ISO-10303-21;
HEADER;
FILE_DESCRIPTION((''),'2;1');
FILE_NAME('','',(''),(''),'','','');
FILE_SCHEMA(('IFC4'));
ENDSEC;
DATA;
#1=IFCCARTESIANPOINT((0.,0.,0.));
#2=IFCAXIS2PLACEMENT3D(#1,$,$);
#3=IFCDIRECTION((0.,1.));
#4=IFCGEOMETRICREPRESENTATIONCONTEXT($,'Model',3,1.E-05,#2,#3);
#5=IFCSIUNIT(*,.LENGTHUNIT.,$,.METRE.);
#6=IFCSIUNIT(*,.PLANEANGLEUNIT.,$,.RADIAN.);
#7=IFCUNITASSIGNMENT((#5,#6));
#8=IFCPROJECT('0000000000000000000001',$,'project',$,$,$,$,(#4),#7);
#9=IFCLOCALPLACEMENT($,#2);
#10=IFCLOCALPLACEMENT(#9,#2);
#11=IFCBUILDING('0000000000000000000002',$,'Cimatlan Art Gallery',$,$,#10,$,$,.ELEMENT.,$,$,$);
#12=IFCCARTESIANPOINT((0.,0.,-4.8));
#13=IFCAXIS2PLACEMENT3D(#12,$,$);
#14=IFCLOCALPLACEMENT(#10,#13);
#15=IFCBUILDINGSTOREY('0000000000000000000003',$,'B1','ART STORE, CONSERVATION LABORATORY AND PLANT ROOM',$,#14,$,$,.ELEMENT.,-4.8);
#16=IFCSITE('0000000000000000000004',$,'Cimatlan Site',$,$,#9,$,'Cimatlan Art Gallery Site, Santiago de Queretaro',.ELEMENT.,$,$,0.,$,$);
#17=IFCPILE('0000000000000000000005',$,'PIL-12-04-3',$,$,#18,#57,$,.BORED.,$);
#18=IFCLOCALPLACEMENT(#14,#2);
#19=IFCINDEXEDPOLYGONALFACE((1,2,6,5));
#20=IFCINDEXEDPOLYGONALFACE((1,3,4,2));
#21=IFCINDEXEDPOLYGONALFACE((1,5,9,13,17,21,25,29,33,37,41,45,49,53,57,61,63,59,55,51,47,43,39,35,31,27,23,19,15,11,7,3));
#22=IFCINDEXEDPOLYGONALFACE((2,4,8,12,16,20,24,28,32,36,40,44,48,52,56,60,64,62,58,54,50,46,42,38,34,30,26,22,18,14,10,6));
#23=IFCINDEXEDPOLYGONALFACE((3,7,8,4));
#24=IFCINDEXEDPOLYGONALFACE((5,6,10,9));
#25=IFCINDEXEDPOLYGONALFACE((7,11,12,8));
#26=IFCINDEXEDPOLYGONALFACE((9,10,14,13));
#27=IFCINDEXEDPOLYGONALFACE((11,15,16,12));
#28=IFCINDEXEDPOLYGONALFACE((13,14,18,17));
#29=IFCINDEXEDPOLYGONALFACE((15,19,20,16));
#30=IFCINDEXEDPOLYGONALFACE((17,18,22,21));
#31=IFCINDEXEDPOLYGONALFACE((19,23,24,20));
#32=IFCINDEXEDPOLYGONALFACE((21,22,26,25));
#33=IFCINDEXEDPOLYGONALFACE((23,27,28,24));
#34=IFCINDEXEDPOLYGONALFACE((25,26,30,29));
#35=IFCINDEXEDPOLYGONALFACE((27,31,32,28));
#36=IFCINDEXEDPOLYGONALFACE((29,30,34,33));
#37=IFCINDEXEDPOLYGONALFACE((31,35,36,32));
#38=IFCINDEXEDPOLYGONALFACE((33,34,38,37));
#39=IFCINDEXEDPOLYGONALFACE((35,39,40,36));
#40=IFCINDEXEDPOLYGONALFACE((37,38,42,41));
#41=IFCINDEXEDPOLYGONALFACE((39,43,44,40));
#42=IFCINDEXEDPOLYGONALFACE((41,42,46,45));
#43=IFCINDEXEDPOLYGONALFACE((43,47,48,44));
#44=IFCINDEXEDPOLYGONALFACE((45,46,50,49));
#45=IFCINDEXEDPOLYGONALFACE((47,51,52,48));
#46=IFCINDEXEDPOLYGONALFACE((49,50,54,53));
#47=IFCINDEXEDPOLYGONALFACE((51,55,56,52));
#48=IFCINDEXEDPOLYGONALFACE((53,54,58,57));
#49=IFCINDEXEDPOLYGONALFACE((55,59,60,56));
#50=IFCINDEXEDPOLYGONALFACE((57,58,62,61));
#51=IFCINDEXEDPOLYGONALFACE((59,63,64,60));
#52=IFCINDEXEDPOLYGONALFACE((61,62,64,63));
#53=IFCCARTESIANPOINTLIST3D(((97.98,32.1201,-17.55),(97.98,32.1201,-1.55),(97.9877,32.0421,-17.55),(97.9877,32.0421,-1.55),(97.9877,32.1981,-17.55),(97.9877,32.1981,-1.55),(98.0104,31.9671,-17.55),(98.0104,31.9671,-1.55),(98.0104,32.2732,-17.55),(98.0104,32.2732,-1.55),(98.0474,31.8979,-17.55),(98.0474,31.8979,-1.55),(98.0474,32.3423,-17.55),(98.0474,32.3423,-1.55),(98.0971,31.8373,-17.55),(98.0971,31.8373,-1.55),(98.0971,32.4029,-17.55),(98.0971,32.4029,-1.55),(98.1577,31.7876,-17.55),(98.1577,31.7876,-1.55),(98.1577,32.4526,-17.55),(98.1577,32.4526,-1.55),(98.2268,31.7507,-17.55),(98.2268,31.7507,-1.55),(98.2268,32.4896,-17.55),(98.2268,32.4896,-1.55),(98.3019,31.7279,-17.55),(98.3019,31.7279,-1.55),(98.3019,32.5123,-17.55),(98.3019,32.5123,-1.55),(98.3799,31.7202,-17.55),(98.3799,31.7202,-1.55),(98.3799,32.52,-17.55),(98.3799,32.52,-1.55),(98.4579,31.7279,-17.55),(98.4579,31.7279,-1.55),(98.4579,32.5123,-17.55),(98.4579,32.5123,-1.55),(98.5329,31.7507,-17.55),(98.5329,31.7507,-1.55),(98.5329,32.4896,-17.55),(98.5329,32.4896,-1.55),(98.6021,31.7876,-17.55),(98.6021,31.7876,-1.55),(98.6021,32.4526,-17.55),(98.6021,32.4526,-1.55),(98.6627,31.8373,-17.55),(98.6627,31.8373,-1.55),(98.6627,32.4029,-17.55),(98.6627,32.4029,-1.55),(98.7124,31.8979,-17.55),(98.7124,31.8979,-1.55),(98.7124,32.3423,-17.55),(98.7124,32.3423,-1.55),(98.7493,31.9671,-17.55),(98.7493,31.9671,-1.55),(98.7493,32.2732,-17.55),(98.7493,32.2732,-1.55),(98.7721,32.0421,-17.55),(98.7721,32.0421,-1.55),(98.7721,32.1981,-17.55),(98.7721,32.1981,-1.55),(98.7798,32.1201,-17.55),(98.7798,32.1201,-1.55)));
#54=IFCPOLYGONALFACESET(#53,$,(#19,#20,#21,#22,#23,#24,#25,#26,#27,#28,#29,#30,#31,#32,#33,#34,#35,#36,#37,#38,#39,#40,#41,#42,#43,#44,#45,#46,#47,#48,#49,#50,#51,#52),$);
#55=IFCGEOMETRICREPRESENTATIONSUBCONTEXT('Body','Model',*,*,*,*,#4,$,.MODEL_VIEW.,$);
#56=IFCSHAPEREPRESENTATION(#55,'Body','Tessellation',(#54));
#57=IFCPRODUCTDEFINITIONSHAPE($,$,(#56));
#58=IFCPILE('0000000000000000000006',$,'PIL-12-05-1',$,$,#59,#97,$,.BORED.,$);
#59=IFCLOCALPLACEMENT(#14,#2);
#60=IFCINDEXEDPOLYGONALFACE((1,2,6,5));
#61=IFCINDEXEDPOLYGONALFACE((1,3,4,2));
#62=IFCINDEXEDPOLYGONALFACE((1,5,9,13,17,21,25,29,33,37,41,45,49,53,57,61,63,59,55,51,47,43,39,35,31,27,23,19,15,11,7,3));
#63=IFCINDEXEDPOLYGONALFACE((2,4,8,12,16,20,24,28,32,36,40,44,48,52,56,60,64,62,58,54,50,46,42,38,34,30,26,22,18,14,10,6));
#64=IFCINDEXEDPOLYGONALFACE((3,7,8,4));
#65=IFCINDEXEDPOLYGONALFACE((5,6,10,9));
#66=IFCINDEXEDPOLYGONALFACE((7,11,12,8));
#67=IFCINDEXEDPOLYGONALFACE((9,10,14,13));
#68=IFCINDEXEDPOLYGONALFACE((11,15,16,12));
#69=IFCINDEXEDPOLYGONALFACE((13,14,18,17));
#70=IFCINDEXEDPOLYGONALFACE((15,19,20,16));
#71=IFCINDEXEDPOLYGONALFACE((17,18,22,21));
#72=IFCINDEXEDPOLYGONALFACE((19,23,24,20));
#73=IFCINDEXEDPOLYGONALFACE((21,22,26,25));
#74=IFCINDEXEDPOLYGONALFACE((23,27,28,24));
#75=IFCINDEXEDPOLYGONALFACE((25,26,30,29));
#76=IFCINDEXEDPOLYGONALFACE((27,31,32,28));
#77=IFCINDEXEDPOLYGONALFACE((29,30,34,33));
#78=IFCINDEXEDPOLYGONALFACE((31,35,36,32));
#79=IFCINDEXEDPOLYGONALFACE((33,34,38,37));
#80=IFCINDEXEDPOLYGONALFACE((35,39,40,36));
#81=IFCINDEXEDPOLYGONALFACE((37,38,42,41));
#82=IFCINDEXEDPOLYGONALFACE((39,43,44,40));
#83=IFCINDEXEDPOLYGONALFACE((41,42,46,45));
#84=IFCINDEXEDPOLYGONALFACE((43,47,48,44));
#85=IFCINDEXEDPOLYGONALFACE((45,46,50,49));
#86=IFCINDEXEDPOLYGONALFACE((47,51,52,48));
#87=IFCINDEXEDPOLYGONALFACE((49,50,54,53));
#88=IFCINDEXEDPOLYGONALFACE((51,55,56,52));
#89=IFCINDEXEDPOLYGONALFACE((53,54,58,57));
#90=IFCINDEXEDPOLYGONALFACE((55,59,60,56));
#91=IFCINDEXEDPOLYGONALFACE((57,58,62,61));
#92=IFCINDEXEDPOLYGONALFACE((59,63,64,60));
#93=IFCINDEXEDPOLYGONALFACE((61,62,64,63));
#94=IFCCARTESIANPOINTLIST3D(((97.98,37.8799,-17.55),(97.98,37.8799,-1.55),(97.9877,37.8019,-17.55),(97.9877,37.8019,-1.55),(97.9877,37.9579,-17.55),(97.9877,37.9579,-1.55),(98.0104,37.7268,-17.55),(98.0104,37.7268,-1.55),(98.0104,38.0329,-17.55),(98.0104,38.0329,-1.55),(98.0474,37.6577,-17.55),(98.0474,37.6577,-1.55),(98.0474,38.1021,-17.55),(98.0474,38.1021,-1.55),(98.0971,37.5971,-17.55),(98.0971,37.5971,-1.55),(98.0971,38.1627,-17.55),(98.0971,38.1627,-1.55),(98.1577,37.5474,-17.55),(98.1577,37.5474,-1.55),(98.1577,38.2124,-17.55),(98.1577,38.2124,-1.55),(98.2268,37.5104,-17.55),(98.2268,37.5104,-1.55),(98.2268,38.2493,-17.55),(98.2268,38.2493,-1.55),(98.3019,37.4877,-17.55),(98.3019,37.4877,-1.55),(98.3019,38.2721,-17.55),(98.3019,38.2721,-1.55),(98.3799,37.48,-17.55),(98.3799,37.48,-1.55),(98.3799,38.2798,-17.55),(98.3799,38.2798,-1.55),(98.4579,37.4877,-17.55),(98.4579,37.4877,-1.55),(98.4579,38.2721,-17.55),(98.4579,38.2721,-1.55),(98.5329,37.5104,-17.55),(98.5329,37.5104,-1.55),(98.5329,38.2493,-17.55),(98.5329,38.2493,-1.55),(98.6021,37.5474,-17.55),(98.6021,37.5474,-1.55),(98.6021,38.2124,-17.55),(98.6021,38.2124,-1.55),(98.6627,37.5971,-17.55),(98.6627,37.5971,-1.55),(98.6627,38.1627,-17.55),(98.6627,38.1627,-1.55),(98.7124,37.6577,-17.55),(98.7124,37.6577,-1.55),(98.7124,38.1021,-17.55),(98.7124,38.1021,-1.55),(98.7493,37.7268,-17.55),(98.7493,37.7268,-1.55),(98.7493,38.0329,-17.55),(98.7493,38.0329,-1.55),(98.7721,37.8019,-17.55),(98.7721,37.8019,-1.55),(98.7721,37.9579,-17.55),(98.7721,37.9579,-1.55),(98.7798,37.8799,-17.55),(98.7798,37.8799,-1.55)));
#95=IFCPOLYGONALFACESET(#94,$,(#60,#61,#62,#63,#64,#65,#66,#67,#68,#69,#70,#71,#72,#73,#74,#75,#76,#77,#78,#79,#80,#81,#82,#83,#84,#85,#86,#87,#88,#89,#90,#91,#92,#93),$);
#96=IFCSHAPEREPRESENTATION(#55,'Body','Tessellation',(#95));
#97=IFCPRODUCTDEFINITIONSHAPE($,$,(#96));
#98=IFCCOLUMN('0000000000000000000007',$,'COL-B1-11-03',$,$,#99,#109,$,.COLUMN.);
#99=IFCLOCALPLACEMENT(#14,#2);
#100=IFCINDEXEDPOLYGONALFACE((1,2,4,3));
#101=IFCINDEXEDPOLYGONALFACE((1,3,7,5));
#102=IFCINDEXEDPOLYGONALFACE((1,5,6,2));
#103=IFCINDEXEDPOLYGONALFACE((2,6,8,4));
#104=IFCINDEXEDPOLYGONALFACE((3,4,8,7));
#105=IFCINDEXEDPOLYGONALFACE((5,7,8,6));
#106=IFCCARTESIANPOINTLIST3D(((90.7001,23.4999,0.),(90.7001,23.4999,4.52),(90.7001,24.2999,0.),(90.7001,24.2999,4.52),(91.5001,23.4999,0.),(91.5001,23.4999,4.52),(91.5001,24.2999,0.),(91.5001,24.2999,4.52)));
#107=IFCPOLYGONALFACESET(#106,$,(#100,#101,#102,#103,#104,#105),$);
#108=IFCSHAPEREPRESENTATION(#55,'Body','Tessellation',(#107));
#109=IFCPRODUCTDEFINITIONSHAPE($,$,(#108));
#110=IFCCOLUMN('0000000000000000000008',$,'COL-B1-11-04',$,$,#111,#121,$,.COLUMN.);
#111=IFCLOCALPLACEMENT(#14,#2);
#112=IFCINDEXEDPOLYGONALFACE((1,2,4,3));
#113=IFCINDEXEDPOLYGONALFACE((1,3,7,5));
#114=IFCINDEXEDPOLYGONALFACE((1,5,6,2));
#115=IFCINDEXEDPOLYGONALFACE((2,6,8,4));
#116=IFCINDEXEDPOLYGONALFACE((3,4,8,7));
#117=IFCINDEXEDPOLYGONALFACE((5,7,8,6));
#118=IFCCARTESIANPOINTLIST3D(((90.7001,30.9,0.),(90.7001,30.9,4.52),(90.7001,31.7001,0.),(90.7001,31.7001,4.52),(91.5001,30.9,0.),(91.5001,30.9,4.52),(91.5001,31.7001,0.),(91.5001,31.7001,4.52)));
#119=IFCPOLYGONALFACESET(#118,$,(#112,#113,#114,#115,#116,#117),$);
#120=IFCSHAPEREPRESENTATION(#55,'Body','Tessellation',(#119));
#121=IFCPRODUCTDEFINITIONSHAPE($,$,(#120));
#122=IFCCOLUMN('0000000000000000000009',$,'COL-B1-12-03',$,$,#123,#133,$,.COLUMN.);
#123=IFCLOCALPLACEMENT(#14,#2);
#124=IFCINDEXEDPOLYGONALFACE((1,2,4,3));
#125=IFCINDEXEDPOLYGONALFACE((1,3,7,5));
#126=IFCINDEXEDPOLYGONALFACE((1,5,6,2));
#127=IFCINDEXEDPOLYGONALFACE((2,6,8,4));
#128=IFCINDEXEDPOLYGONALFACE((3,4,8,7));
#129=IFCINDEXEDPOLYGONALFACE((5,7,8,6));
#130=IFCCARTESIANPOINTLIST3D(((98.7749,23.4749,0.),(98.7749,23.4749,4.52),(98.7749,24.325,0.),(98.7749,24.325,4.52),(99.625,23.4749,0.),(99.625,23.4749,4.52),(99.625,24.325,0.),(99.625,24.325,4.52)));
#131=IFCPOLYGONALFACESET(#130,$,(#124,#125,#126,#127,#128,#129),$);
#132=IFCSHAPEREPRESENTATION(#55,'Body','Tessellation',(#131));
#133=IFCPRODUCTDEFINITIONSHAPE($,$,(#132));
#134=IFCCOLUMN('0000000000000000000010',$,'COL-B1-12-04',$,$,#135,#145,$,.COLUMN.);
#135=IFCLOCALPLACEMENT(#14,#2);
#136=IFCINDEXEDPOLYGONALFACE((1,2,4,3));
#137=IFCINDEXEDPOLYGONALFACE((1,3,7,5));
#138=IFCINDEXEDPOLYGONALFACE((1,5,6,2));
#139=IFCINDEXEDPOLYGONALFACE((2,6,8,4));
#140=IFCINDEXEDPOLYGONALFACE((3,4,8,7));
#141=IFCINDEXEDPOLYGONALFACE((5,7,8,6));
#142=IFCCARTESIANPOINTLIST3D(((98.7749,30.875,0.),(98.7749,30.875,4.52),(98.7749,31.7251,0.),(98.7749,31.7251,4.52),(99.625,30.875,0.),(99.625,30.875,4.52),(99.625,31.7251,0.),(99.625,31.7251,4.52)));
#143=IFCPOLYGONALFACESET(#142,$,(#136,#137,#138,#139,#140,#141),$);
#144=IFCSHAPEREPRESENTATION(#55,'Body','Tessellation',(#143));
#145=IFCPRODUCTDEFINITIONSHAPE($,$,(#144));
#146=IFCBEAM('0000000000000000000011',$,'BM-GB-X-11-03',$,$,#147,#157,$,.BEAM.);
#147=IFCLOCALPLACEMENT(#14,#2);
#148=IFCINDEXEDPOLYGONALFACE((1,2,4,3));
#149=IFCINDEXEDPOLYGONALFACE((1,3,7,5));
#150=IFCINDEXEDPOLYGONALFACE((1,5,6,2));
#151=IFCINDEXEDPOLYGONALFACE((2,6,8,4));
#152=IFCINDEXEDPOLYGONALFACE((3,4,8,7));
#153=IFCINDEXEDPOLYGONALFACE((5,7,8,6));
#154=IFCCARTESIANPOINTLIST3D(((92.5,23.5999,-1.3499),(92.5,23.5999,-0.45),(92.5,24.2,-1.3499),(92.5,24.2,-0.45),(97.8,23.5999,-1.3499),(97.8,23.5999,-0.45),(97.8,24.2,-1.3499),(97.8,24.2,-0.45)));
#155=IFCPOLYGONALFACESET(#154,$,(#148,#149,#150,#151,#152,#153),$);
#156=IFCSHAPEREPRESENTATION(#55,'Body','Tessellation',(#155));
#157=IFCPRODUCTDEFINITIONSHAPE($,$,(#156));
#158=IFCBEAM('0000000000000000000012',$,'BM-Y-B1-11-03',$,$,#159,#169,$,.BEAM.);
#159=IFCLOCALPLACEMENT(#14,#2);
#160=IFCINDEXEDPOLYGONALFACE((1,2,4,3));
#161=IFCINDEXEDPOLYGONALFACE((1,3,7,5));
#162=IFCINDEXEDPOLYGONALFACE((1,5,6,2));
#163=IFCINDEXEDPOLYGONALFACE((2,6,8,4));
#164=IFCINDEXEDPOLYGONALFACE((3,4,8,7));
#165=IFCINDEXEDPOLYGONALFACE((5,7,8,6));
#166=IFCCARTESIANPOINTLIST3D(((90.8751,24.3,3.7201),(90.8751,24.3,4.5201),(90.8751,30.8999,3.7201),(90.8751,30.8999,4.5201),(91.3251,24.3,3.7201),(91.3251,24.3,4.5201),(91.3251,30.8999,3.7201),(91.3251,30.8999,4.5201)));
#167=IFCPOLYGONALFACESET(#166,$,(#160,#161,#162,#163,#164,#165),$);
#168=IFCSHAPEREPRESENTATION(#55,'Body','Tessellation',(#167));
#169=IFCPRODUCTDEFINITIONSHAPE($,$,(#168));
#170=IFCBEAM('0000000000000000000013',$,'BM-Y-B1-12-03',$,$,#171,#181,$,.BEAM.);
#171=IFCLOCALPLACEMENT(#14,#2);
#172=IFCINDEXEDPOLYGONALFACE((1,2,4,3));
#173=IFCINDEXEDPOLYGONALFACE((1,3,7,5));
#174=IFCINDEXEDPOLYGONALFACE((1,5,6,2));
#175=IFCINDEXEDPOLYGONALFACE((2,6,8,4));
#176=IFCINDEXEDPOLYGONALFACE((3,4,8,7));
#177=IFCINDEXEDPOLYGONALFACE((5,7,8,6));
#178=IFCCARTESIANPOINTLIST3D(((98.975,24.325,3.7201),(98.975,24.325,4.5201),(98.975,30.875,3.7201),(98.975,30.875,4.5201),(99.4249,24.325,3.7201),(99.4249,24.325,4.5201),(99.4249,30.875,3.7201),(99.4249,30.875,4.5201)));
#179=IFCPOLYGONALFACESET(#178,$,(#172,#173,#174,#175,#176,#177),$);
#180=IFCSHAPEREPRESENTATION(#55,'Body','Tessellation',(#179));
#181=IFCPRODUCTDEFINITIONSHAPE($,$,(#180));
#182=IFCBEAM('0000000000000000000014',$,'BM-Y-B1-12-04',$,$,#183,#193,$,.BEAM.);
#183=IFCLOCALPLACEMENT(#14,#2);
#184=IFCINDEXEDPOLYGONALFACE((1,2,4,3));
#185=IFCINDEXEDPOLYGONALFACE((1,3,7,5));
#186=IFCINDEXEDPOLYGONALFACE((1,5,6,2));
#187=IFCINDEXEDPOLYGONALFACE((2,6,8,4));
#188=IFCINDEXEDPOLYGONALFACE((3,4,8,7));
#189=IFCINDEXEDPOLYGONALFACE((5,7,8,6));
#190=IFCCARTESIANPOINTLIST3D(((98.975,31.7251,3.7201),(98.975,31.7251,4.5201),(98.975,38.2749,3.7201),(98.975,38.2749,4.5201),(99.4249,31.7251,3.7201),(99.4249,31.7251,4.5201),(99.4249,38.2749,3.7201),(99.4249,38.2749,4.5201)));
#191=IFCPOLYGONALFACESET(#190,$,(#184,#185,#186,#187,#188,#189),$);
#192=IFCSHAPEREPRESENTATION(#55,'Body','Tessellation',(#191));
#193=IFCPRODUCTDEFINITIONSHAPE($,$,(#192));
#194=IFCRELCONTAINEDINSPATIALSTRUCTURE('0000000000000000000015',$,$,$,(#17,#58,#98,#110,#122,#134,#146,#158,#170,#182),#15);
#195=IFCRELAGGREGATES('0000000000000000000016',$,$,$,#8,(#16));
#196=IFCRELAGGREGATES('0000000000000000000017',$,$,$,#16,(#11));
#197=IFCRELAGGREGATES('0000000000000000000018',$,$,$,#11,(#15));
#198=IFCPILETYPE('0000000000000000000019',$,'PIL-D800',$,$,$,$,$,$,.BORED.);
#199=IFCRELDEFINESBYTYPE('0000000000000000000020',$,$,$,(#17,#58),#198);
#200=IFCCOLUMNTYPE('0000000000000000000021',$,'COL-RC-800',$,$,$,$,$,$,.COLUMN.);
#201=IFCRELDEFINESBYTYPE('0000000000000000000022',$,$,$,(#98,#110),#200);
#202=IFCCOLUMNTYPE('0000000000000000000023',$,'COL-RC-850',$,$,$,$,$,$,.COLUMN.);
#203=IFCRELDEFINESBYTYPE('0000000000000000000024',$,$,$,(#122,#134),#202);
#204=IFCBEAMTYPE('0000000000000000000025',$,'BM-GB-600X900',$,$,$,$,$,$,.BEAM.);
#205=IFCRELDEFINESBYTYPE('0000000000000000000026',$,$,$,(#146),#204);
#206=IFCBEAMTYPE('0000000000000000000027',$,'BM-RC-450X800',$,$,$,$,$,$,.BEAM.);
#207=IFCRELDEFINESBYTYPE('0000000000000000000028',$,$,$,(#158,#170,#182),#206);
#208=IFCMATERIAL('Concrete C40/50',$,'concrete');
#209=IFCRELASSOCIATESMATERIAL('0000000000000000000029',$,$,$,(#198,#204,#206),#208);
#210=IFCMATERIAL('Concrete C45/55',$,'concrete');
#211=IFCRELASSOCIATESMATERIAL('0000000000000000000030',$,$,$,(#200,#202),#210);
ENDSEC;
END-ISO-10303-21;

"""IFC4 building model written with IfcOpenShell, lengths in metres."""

from ifc_helpers import new_model, si_unit, direction, frame, origin, origin_2d, place, context, subcontext, project, spatial, rectangle, circle, extrude, material, material_profile, profile_set, type_object, element, save


model = new_model("IFC4")

# Units and contexts
model_context = context("Model", 3, precision=1e-05, world=origin(), true_north=direction((0.0, 1.0)))
body_context = subcontext(model_context, "Body", "Model", "MODEL_VIEW")
ifc_project = project(units=[si_unit("LENGTHUNIT", "METRE"), si_unit("PLANEANGLEUNIT", "RADIAN")], contexts=[model_context])

# Site, building, storey
site_placement = place(None, origin())
site = spatial("IfcSite", under=ifc_project, at=site_placement, Name="Cimatlan Site", LongName="Cimatlan Art Gallery Site, Santiago de Queretaro", CompositionType="ELEMENT", RefElevation=0.0)
building_placement = place(site_placement, origin())
building = spatial("IfcBuilding", under=site, at=building_placement, Name="Cimatlan Art Gallery", CompositionType="ELEMENT")
storey_placement = place(building_placement, frame((0.0, 0.0, -4.8)))
storey = spatial("IfcBuildingStorey", under=building, at=storey_placement, Name="B1", Description="ART STORE, CONSERVATION LABORATORY AND PLANT ROOM", CompositionType="ELEMENT", Elevation=-4.8)

# Shared definitions
ifc_material_1 = material(Name="Concrete C40/50", Category="concrete")

# Piles
pile_type = type_object("IfcPileType", Name="PIL-D800", PredefinedType="BORED", material=ifc_material_1)
for number, where, z_axis, x_axis, name in (
    (1, (98.3799, 32.1201, -1.55), (0.0, 0.0, -1.0), (1.0, 0.0, 0.0), "PIL-12-04-3"),
    (2, (98.3799, 37.8799, -1.55), (0.0, 0.0, -1.0), (1.0, 0.0, 0.0), "PIL-12-05-1"),
):
    element("IfcPile", number, at=place(storey_placement, frame(where, z_axis=z_axis, x_axis=x_axis)), inside=storey, type_object=pile_type, Name=name, PredefinedType="BORED", context=body_context, shape_type="SweptSolid", body=[
        extrude(circle(Radius=0.3999, at=origin_2d()), origin(), (0.0, 0.0, 1.0), 16.0),
    ])

# Columns
ifc_material_2 = material(Name="Concrete C45/55", Category="concrete")
ifc_material_profile_1 = material_profile(ifc_material_2, rectangle(XDim=0.8, YDim=0.8, at=origin_2d()), Name="RC800X800")
ifc_profile_set_1 = profile_set([ifc_material_profile_1], Name="Concrete C45/55")
column_type_1 = type_object("IfcColumnType", Name="COL-RC-800", PredefinedType="COLUMN", material=ifc_profile_set_1)
for number, where, z_axis, x_axis, name in (
    (3, (91.1001, 23.8999, 0.0), (0.0, 0.0, 1.0), (1.0, 0.0, 0.0), "COL-B1-11-03"),
    (4, (91.1001, 31.3, 0.0), (0.0, 0.0, 1.0), (1.0, 0.0, 0.0), "COL-B1-11-04"),
):
    element("IfcColumn", number, at=place(storey_placement, frame(where, z_axis=z_axis, x_axis=x_axis)), inside=storey, type_object=column_type_1, Name=name, PredefinedType="COLUMN", context=body_context, shape_type="SweptSolid", body=[
        extrude(rectangle(XDim=0.8, YDim=0.8, at=origin_2d()), origin(), (0.0, 0.0, 1.0), 4.52),
    ])
ifc_material_profile_2 = material_profile(ifc_material_2, rectangle(XDim=0.8501, YDim=0.8501, at=origin_2d()), Name="RC850X850")
ifc_profile_set_2 = profile_set([ifc_material_profile_2], Name="Concrete C45/55")
column_type_2 = type_object("IfcColumnType", Name="COL-RC-850", PredefinedType="COLUMN", material=ifc_profile_set_2)
for number, where, z_axis, x_axis, name in (
    (5, (99.2, 23.8999, 0.0), (0.0, 0.0, 1.0), (1.0, 0.0, 0.0), "COL-B1-12-03"),
    (6, (99.2, 31.3, 0.0), (0.0, 0.0, 1.0), (1.0, 0.0, 0.0), "COL-B1-12-04"),
):
    element("IfcColumn", number, at=place(storey_placement, frame(where, z_axis=z_axis, x_axis=x_axis)), inside=storey, type_object=column_type_2, Name=name, PredefinedType="COLUMN", context=body_context, shape_type="SweptSolid", body=[
        extrude(rectangle(XDim=0.8501, YDim=0.8501, at=origin_2d()), origin(), (0.0, 0.0, 1.0), 4.52),
    ])

# Beams
ifc_material_profile_3 = material_profile(ifc_material_1, rectangle(XDim=0.6001, YDim=0.8999, at=origin_2d()), Name="RC600X900")
ifc_profile_set_3 = profile_set([ifc_material_profile_3], Name="Concrete C40/50")
beam_type_1 = type_object("IfcBeamType", Name="BM-GB-600X900", PredefinedType="BEAM", material=ifc_profile_set_3)
beam_1_placement = place(storey_placement, frame((92.5, 23.8999, -0.8999), z_axis=(1.0, 0.0, 0.0), x_axis=(0.0, 1.0, 0.0)))
element("IfcBeam", 7, at=beam_1_placement, inside=storey, type_object=beam_type_1, Name="BM-GB-X-11-03", PredefinedType="BEAM", context=body_context, shape_type="SweptSolid", body=[
    extrude(rectangle(XDim=0.6001, YDim=0.8999, at=origin_2d()), origin(), (0.0, 0.0, 1.0), 5.3),
])
ifc_material_profile_4 = material_profile(ifc_material_1, rectangle(XDim=0.45, YDim=0.8, at=origin_2d()), Name="RC450X800")
ifc_profile_set_4 = profile_set([ifc_material_profile_4], Name="Concrete C40/50")
beam_type_2 = type_object("IfcBeamType", Name="BM-RC-450X800", PredefinedType="BEAM", material=ifc_profile_set_4)
beam_2_placement = place(storey_placement, frame((91.1001, 24.3, 4.1201), z_axis=(0.0, 1.0, 0.0), x_axis=(-1.0, 0.0, 0.0)))
element("IfcBeam", 8, at=beam_2_placement, inside=storey, type_object=beam_type_2, Name="BM-Y-B1-11-03", PredefinedType="BEAM", context=body_context, shape_type="SweptSolid", body=[
    extrude(rectangle(XDim=0.45, YDim=0.8, at=origin_2d()), origin(), (0.0, 0.0, 1.0), 6.5999),
])
beam_3_placement = place(storey_placement, frame((99.2, 24.325, 4.1201), z_axis=(0.0, 1.0, 0.0), x_axis=(-1.0, 0.0, 0.0)))
element("IfcBeam", 9, at=beam_3_placement, inside=storey, type_object=beam_type_2, Name="BM-Y-B1-12-03", PredefinedType="BEAM", context=body_context, shape_type="SweptSolid", body=[
    extrude(rectangle(XDim=0.45, YDim=0.8, at=origin_2d()), origin(), (0.0, 0.0, 1.0), 6.55),
])
beam_4_placement = place(storey_placement, frame((99.2, 31.7251, 4.1201), z_axis=(0.0, 1.0, 0.0), x_axis=(-1.0, 0.0, 0.0)))
element("IfcBeam", 10, at=beam_4_placement, inside=storey, type_object=beam_type_2, Name="BM-Y-B1-12-04", PredefinedType="BEAM", context=body_context, shape_type="SweptSolid", body=[
    extrude(rectangle(XDim=0.45, YDim=0.8, at=origin_2d()), origin(), (0.0, 0.0, 1.0), 6.5498),
])

save(model, "model.ifc")
